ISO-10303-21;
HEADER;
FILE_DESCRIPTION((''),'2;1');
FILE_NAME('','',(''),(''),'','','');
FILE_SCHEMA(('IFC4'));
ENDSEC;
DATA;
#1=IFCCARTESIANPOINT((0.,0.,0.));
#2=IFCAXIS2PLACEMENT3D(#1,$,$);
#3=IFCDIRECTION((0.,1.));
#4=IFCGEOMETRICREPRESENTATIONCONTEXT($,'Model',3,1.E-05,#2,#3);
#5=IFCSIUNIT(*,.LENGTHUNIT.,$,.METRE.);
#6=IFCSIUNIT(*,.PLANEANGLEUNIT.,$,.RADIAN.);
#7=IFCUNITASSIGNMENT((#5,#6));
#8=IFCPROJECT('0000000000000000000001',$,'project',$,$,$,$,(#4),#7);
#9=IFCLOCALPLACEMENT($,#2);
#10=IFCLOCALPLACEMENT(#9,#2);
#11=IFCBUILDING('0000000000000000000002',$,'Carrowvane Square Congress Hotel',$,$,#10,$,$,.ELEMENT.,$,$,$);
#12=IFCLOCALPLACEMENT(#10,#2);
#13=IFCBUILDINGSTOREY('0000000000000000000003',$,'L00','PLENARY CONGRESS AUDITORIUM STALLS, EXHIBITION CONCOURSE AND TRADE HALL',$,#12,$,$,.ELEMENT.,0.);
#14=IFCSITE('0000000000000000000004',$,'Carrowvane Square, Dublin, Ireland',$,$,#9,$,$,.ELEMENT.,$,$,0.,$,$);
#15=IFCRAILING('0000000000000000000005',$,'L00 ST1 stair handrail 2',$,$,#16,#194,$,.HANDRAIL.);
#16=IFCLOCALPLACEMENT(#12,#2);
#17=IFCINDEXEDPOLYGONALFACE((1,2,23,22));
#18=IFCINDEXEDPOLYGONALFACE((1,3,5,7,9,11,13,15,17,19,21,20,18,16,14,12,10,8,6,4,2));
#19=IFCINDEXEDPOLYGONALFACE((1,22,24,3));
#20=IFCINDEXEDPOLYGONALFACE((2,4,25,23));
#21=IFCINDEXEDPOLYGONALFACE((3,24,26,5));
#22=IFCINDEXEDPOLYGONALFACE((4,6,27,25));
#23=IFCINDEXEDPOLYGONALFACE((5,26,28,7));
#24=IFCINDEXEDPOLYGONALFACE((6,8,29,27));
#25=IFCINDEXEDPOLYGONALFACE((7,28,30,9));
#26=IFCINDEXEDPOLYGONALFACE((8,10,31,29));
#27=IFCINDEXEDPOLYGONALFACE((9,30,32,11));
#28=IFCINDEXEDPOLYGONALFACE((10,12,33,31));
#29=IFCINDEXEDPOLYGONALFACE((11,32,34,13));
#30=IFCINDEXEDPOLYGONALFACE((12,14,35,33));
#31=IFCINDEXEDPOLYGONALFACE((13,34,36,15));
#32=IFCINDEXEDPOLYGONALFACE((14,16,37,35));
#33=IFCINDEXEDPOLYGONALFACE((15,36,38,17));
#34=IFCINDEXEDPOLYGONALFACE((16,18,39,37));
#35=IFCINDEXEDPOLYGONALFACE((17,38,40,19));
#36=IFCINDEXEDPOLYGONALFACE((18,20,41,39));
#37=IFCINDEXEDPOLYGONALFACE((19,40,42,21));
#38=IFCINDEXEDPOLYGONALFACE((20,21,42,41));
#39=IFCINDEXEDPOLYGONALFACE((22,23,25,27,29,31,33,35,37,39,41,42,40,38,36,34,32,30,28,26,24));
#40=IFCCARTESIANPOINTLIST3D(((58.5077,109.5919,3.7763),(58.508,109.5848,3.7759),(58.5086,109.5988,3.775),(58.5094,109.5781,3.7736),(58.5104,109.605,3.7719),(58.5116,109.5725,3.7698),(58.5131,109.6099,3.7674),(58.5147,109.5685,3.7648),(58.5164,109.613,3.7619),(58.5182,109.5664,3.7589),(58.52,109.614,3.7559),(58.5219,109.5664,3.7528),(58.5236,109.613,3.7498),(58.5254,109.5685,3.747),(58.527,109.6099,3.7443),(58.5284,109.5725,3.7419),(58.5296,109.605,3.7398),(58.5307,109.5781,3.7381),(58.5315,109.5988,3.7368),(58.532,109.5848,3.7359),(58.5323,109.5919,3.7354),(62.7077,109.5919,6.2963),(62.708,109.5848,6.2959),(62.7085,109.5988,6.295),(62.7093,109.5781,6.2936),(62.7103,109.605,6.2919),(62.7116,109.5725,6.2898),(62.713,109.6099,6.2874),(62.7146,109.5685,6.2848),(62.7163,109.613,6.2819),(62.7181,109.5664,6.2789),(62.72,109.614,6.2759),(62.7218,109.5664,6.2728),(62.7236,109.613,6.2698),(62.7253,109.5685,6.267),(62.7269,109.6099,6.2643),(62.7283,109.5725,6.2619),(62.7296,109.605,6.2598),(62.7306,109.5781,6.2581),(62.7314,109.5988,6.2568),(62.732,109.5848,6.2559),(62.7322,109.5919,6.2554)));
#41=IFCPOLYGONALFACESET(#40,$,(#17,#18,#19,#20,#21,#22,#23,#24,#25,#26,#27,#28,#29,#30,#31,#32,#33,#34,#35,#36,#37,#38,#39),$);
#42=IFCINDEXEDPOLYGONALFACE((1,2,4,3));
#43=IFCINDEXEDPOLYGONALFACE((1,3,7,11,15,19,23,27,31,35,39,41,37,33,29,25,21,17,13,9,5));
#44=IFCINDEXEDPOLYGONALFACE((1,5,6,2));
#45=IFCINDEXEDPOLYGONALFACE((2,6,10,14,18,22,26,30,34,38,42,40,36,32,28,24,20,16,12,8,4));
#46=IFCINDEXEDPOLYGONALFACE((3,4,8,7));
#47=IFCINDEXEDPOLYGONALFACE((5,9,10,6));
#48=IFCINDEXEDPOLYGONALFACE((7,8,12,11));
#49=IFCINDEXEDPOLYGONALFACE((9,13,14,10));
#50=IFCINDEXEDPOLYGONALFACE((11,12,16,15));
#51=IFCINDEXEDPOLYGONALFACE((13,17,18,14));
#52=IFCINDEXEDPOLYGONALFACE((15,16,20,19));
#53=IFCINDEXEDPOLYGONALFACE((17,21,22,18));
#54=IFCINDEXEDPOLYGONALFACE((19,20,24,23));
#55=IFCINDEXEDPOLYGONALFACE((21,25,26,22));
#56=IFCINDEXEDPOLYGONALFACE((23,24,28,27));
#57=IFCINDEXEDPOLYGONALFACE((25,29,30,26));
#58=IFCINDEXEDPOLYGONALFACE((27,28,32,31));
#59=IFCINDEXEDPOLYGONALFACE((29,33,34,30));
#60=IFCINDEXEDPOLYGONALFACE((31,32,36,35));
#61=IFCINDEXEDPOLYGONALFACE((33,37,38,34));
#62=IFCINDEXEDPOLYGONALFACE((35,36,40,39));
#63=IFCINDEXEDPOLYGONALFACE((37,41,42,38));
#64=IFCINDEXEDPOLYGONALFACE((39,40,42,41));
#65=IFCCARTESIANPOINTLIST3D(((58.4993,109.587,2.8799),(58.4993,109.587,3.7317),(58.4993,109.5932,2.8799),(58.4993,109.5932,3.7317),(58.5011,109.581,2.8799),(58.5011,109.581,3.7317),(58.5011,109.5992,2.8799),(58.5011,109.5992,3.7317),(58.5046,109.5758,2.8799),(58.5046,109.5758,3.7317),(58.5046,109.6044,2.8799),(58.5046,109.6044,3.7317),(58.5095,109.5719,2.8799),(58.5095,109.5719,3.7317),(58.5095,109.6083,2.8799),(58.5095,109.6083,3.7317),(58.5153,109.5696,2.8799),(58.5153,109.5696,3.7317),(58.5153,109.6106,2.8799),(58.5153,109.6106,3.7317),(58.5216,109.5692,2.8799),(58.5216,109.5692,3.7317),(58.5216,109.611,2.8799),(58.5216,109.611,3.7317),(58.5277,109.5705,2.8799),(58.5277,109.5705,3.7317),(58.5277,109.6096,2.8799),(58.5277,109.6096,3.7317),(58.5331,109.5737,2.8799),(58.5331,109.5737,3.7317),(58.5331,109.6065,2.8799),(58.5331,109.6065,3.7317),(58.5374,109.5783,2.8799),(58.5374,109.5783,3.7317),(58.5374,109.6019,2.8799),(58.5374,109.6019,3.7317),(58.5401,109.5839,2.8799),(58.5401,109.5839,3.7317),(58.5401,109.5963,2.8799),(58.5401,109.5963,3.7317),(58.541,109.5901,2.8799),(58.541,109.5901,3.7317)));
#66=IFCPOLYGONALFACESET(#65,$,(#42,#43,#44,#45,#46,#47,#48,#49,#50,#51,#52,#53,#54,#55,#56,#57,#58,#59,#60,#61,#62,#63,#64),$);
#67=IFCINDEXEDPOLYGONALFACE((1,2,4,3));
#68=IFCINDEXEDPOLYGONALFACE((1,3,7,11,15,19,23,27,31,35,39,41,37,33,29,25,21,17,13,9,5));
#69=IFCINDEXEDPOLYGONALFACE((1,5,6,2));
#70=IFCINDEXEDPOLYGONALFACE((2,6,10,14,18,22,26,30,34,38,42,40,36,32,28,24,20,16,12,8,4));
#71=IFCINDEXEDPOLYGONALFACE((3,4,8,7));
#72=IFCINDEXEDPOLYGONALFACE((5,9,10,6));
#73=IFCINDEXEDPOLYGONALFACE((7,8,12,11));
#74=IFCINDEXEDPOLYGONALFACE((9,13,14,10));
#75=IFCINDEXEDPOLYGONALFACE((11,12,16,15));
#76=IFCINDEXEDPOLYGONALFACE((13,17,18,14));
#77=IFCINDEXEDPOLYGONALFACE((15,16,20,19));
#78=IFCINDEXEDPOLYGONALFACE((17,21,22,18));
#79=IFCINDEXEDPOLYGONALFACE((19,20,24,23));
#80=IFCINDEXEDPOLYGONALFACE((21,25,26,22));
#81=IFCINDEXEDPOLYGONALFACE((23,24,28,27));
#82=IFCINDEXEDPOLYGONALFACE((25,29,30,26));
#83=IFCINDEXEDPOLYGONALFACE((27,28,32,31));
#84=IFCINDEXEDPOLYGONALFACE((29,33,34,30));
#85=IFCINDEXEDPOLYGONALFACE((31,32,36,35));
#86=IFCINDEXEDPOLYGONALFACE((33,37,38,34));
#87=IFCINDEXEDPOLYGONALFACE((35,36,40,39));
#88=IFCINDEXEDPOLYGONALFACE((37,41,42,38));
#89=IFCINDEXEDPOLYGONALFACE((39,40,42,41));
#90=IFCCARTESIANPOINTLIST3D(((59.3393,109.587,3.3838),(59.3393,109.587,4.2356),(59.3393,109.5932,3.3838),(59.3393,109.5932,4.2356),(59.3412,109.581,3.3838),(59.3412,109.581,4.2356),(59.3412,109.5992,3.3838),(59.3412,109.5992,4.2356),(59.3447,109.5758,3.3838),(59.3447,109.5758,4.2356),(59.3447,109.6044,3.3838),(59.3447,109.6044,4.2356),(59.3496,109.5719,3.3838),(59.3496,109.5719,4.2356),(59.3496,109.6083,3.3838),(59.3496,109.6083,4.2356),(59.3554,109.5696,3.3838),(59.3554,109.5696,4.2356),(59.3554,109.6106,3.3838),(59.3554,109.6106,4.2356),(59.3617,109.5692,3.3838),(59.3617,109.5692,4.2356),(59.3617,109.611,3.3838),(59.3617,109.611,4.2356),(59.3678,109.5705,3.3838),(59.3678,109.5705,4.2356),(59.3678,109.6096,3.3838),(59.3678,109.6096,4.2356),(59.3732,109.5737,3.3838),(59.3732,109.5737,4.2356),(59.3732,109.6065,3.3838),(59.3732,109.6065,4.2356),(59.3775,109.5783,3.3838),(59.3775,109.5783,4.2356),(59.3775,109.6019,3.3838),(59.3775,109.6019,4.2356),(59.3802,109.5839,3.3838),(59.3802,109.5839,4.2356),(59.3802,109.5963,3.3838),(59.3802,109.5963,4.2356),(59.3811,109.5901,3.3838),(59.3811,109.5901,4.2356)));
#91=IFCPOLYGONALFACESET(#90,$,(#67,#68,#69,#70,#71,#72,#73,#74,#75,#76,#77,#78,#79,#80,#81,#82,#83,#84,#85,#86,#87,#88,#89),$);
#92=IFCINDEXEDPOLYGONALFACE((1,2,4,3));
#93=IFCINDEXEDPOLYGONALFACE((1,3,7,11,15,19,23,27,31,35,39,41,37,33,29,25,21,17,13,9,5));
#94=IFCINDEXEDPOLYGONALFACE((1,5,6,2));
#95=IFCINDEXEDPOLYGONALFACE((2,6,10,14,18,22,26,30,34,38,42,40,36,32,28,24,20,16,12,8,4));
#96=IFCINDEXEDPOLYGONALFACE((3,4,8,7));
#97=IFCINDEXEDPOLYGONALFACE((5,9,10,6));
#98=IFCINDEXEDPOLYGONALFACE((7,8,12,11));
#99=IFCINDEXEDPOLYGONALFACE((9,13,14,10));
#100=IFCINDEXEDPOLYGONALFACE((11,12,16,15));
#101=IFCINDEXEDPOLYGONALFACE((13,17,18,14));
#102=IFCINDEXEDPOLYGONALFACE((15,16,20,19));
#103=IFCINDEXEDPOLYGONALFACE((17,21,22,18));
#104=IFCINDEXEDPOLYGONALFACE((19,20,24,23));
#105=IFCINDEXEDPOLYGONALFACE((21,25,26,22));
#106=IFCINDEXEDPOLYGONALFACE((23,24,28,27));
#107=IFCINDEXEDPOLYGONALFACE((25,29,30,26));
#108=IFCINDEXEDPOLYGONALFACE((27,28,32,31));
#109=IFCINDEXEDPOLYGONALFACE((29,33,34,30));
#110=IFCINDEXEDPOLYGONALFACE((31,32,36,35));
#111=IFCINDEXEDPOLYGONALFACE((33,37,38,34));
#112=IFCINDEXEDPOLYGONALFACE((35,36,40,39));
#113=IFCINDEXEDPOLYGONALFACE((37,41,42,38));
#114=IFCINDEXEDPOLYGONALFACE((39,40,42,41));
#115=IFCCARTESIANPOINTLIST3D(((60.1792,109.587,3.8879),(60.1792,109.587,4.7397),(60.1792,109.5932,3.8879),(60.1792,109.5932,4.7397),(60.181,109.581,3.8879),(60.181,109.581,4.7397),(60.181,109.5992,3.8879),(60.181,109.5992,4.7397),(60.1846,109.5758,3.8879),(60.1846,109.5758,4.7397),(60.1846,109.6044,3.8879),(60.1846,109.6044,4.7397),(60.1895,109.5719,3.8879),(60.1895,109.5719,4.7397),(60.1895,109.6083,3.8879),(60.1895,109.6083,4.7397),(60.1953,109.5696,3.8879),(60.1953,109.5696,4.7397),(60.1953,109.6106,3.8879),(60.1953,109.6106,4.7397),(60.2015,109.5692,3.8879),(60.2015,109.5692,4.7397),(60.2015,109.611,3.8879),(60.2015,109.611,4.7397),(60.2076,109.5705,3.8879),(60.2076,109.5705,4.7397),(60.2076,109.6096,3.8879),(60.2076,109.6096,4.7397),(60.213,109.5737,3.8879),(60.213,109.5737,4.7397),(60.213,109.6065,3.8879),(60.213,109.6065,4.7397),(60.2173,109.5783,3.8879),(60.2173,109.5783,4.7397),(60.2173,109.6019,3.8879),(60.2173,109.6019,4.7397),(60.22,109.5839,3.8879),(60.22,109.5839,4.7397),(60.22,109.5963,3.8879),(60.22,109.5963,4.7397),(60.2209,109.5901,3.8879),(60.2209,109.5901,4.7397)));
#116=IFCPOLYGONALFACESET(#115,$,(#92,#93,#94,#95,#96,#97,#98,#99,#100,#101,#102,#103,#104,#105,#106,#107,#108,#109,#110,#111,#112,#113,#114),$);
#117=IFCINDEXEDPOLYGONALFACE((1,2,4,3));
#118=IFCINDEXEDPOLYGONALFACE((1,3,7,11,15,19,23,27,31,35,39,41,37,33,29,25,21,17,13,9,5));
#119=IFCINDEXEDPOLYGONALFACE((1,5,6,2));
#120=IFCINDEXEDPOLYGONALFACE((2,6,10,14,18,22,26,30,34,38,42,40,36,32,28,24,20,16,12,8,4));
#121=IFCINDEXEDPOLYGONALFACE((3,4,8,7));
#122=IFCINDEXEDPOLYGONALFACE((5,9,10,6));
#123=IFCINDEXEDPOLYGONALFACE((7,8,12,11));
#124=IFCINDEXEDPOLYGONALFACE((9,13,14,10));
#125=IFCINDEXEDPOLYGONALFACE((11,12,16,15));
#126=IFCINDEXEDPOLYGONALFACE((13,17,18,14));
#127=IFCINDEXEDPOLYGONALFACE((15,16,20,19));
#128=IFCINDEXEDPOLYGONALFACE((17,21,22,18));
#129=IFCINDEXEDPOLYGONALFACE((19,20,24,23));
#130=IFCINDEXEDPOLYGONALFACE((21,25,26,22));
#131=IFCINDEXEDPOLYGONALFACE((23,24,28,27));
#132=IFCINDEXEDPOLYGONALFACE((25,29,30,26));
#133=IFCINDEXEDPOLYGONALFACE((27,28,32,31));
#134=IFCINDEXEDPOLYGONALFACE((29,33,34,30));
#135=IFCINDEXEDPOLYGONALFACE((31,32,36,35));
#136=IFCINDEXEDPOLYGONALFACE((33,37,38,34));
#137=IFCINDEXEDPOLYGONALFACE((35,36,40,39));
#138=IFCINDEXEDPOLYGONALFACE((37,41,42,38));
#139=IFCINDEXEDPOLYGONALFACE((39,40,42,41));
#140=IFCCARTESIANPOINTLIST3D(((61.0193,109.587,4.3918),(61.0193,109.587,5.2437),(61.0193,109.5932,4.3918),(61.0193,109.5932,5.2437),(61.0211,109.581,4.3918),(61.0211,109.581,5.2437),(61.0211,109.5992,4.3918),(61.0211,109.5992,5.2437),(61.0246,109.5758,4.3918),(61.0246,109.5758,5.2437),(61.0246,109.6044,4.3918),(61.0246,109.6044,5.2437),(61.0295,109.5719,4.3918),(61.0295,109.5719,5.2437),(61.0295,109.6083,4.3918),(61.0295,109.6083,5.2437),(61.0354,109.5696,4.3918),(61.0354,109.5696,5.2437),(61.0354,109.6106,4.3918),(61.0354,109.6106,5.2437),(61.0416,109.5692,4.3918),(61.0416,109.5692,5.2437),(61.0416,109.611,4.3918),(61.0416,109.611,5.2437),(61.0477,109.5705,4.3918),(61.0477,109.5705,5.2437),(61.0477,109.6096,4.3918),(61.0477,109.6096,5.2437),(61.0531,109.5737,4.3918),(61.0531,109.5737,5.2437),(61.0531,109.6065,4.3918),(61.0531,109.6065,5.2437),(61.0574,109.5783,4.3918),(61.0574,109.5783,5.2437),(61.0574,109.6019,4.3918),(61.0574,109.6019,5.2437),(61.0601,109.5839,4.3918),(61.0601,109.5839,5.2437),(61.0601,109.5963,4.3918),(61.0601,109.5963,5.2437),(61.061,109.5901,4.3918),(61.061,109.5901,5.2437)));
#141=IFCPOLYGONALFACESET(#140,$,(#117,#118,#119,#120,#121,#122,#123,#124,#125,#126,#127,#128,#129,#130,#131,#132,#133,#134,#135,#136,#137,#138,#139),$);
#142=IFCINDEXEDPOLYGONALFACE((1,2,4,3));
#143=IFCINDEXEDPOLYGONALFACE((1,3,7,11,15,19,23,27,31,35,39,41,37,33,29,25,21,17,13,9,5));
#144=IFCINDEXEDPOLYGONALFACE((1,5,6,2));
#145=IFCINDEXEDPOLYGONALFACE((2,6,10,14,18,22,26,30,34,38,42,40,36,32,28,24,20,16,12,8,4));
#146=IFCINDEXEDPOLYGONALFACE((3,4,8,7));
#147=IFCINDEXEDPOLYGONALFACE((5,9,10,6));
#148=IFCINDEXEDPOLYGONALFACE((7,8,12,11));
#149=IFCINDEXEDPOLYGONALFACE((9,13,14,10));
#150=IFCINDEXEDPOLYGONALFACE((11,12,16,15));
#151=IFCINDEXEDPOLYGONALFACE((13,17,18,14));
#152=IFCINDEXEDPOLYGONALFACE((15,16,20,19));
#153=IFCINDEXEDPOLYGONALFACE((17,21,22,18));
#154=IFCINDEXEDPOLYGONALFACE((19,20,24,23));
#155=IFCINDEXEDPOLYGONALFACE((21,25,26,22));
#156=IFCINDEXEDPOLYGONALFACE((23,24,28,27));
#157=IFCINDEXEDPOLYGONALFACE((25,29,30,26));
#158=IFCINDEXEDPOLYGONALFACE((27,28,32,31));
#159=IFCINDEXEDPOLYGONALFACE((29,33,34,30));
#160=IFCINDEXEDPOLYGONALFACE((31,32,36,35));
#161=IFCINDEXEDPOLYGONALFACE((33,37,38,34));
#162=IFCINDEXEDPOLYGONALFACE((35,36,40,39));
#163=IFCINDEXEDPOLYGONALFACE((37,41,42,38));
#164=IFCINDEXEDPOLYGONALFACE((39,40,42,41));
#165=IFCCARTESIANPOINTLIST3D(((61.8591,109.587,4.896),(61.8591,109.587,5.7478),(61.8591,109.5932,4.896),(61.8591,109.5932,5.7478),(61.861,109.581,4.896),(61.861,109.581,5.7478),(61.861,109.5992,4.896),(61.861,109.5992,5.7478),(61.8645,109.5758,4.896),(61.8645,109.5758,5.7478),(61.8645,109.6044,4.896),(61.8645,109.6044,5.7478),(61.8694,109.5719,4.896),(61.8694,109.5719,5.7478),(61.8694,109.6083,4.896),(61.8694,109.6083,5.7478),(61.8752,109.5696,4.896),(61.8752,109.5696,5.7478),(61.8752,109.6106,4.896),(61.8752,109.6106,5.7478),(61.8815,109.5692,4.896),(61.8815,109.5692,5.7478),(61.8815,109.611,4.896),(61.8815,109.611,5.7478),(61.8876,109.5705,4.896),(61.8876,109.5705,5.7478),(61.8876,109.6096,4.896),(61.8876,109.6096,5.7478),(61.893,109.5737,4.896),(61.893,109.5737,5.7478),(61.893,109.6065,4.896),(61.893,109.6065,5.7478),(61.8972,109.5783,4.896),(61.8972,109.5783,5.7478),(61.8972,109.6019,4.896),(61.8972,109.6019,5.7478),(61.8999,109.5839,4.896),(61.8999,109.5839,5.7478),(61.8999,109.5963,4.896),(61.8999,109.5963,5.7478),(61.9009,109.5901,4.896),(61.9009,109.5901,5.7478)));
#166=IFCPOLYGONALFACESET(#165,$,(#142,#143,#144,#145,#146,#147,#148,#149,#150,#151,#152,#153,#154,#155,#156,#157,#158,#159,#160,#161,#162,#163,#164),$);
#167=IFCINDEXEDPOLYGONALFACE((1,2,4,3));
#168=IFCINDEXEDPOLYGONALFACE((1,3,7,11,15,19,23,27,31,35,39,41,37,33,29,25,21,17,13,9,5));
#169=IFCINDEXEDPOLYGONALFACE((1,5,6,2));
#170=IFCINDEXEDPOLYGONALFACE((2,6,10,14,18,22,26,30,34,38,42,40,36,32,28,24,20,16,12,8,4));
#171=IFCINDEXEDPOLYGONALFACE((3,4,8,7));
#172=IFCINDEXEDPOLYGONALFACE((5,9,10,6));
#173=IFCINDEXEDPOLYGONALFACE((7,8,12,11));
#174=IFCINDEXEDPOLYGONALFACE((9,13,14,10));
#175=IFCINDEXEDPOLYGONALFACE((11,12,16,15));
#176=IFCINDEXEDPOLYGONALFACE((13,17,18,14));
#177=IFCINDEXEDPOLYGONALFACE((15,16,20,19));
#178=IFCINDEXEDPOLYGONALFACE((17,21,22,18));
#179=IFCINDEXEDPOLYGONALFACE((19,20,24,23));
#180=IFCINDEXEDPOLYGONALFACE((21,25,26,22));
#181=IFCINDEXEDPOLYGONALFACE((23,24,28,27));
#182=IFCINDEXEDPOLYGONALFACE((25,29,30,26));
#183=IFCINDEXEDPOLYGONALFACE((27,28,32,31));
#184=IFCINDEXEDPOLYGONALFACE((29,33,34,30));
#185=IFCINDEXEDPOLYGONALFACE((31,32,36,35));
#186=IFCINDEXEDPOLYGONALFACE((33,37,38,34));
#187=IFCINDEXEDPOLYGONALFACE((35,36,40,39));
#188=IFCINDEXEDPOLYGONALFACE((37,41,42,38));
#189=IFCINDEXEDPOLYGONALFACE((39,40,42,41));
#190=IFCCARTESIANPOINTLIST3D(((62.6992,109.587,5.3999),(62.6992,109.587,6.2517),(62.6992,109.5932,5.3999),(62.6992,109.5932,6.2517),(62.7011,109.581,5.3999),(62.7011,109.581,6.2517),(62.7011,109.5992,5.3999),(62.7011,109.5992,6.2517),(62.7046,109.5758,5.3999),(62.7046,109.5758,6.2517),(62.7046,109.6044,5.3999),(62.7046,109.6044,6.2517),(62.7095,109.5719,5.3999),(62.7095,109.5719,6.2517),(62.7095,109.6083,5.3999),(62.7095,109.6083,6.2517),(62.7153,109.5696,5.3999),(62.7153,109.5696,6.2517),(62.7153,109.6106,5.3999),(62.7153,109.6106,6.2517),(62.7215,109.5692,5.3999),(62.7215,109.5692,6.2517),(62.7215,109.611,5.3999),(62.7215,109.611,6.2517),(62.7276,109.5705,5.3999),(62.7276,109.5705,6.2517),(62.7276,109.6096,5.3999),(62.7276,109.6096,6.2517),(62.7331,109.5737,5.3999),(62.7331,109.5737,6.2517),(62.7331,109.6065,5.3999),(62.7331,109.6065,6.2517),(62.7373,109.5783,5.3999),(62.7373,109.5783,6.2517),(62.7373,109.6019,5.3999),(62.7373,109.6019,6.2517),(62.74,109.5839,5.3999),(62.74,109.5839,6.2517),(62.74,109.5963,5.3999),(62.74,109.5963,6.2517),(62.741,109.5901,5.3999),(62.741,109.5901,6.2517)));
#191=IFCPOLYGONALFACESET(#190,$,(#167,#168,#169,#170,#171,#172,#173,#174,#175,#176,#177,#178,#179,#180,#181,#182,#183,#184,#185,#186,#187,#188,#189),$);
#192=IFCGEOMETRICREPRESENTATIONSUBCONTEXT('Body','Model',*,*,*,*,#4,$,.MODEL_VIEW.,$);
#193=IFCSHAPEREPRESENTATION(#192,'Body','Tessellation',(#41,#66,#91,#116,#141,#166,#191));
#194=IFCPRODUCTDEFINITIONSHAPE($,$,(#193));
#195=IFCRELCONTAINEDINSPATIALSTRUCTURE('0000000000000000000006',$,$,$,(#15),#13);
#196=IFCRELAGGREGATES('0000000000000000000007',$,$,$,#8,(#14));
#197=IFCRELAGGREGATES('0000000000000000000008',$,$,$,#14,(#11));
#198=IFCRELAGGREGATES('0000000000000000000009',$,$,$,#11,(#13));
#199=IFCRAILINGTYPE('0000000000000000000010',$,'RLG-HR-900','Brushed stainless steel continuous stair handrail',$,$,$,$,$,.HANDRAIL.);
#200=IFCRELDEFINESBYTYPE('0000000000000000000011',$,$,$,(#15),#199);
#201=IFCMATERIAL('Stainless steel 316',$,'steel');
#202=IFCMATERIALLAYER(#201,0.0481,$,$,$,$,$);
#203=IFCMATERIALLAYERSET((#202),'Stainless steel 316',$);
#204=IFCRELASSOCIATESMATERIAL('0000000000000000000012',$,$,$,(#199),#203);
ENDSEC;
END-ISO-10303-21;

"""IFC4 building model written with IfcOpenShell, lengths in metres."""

from ifc_helpers import new_model, si_unit, direction, frame, origin, origin_2d, place, context, subcontext, project, spatial, circle, extrude, material, layer, layer_set, type_object, element, save


model = new_model("IFC4")

# Units and contexts
model_context = context("Model", 3, precision=1e-05, world=origin(), true_north=direction((0.0, 1.0)))
body_context = subcontext(model_context, "Body", "Model", "MODEL_VIEW")
ifc_project = project(units=[si_unit("LENGTHUNIT", "METRE"), si_unit("PLANEANGLEUNIT", "RADIAN")], contexts=[model_context])

# Site, building, storey
site_placement = place(None, origin())
site = spatial("IfcSite", under=ifc_project, at=site_placement, Name="Carrowvane Square, Dublin, Ireland", CompositionType="ELEMENT", RefElevation=0.0)
building_placement = place(site_placement, origin())
building = spatial("IfcBuilding", under=site, at=building_placement, Name="Carrowvane Square Congress Hotel", CompositionType="ELEMENT")
storey_placement = place(building_placement, origin())
storey = spatial("IfcBuildingStorey", under=building, at=storey_placement, Name="L00", Description="PLENARY CONGRESS AUDITORIUM STALLS, EXHIBITION CONCOURSE AND TRADE HALL", CompositionType="ELEMENT", Elevation=0.0)

# Railing
ifc_material_1 = material(Name="Stainless steel 316", Category="steel")
ifc_layer_1 = layer(ifc_material_1, 0.0481)
ifc_layer_set_1 = layer_set([ifc_layer_1], Name="Stainless steel 316")
railing_type = type_object("IfcRailingType", Name="RLG-HR-900", Description="Brushed stainless steel continuous stair handrail", PredefinedType="HANDRAIL", material=ifc_layer_set_1)
railing_placement = place(storey_placement, frame((58.52, 109.5901, 2.8799)))
element("IfcRailing", 1, at=railing_placement, inside=storey, type_object=railing_type, Name="L00 ST1 stair handrail 2", PredefinedType="HANDRAIL", context=body_context, shape_type="SweptSolid", body=[
    extrude(circle(Radius=0.0239, at=origin_2d()), frame((0.0, 0.0, 0.876), z_axis=(0.857489, 0.0, 0.514503), x_axis=(0.0, 1.0, 0.0)), (0.0, 0.0, 1.0), 4.8979),
    extrude(circle(Radius=0.021, at=origin_2d()), origin(), (0.0, 0.0, 1.0), 0.8518),
    extrude(circle(Radius=0.021, at=origin_2d()), frame((0.8401, 0.0, 0.5039)), (0.0, 0.0, 1.0), 0.8518),
    extrude(circle(Radius=0.021, at=origin_2d()), frame((1.6799, 0.0, 1.0081)), (0.0, 0.0, 1.0), 0.8518),
    extrude(circle(Radius=0.021, at=origin_2d()), frame((2.52, 0.0, 1.512)), (0.0, 0.0, 1.0), 0.8518),
    extrude(circle(Radius=0.021, at=origin_2d()), frame((3.3599, 0.0, 2.0161)), (0.0, 0.0, 1.0), 0.8518),
    extrude(circle(Radius=0.021, at=origin_2d()), frame((4.2, 0.0, 2.52)), (0.0, 0.0, 1.0), 0.8518),
])

save(model, "model.ifc")
